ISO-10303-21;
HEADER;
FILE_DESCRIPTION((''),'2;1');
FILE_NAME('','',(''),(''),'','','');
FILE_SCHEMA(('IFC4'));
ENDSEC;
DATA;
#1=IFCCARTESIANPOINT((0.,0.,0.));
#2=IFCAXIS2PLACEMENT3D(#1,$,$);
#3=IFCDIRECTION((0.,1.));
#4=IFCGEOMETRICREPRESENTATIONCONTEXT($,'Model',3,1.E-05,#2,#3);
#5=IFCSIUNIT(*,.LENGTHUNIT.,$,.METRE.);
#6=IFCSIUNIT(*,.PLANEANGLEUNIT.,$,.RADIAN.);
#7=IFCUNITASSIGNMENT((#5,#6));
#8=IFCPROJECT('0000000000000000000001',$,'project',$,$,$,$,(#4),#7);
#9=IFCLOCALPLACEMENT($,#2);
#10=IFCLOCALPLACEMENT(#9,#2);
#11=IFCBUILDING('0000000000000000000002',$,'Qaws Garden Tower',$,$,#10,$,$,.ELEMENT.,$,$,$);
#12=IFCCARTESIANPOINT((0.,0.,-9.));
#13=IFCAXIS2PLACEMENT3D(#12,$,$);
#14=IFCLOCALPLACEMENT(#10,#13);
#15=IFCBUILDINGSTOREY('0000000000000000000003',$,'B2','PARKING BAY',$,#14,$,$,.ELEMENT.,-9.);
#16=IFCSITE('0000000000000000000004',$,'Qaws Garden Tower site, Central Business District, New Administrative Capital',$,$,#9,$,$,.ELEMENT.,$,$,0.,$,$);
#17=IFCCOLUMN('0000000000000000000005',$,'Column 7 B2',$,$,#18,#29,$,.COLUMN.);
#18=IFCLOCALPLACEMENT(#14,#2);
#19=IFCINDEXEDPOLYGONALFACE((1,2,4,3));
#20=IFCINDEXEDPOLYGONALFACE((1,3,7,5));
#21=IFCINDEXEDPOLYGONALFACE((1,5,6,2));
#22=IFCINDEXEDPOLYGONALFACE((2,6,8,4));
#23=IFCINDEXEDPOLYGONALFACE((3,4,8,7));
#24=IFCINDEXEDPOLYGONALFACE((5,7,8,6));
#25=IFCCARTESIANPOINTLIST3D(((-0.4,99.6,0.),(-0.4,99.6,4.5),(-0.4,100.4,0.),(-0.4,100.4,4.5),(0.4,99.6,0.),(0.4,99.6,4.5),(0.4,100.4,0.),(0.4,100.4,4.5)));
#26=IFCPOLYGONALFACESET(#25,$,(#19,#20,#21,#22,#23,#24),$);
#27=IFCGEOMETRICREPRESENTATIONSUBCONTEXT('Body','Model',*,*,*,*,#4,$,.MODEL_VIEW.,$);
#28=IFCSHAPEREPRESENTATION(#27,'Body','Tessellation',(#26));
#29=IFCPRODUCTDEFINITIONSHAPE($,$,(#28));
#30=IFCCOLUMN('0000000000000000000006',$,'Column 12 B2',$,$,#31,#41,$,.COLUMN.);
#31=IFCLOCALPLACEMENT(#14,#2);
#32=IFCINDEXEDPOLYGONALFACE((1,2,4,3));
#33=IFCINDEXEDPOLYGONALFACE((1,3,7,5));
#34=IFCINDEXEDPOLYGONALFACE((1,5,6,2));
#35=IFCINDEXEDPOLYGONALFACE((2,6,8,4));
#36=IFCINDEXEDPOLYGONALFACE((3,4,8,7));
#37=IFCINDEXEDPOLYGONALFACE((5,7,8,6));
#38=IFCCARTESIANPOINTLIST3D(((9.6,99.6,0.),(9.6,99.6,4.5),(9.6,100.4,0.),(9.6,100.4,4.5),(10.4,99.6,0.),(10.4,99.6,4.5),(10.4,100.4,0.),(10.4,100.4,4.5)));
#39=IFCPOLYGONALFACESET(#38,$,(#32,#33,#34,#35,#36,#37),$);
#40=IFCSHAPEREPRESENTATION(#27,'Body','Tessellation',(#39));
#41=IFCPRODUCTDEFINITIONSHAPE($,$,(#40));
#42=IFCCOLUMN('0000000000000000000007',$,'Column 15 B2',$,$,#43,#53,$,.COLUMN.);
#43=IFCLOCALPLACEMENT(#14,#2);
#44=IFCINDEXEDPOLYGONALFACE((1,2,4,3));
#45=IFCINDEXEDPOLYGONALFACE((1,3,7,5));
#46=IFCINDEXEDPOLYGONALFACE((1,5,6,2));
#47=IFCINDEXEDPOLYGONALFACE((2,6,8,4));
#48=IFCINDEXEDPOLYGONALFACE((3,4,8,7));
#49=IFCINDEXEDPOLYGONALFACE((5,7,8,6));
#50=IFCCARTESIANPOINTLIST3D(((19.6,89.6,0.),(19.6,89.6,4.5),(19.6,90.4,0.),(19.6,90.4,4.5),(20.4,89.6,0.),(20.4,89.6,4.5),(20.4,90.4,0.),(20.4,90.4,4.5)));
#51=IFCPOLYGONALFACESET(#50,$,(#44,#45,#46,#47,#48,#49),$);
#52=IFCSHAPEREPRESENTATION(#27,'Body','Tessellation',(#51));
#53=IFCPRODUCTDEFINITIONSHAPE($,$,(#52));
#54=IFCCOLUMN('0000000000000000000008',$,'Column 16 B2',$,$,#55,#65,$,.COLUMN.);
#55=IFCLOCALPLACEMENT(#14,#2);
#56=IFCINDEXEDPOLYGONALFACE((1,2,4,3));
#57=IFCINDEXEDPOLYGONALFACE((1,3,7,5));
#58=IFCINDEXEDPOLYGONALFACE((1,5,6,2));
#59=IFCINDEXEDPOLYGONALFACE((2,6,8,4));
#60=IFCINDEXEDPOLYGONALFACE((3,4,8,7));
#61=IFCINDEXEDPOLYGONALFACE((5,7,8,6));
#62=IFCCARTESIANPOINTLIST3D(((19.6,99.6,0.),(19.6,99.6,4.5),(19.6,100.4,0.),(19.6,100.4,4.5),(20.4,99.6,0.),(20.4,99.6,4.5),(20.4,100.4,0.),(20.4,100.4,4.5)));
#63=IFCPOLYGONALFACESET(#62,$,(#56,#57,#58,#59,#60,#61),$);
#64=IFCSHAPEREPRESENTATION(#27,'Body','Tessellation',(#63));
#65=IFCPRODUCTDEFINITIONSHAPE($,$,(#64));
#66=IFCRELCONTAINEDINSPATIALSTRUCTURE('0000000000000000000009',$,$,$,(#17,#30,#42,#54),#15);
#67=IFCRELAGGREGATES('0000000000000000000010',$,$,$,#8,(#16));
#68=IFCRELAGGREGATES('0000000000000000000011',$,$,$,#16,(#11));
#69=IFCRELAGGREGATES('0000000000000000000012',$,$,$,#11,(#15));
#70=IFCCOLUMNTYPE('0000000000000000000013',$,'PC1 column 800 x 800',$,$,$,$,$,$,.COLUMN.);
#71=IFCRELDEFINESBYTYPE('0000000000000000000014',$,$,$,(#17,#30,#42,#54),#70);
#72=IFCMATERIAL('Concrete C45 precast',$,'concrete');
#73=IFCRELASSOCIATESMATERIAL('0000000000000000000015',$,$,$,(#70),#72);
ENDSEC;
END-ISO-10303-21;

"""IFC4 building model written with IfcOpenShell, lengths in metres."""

from ifc_helpers import new_model, si_unit, direction, frame, origin, origin_2d, place, context, subcontext, project, spatial, rectangle, extrude, material, material_profile, profile_set, type_object, element, save


model = new_model("IFC4")

# Units and contexts
model_context = context("Model", 3, precision=1e-05, world=origin(), true_north=direction((0.0, 1.0)))
body_context = subcontext(model_context, "Body", "Model", "MODEL_VIEW")
ifc_project = project(units=[si_unit("LENGTHUNIT", "METRE"), si_unit("PLANEANGLEUNIT", "RADIAN")], contexts=[model_context])

# Site, building, storey
site_placement = place(None, origin())
site = spatial("IfcSite", under=ifc_project, at=site_placement, Name="Qaws Garden Tower site, Central Business District, New Administrative Capital", CompositionType="ELEMENT", RefElevation=0.0)
building_placement = place(site_placement, origin())
building = spatial("IfcBuilding", under=site, at=building_placement, Name="Qaws Garden Tower", CompositionType="ELEMENT")
storey_placement = place(building_placement, frame((0.0, 0.0, -9.0)))
storey = spatial("IfcBuildingStorey", under=building, at=storey_placement, Name="B2", Description="PARKING BAY", CompositionType="ELEMENT", Elevation=-9.0)

# Columns
ifc_material_1 = material(Name="Concrete C45 precast", Category="concrete")
ifc_material_profile = material_profile(ifc_material_1, rectangle(XDim=0.8, YDim=0.8, at=origin_2d()), Name="PC1 column 800 x 800")
ifc_profile_set = profile_set([ifc_material_profile], Name="Concrete C45 precast")
column_type = type_object("IfcColumnType", Name="PC1 column 800 x 800", PredefinedType="COLUMN", material=ifc_profile_set)
for number, where, z_axis, x_axis, name in (
    (1, (0.0, 100.0, 0.0), (0.0, 0.0, 1.0), (1.0, 0.0, 0.0), "Column 7 B2"),
    (2, (10.0, 100.0, 0.0), (0.0, 0.0, 1.0), (1.0, 0.0, 0.0), "Column 12 B2"),
    (3, (20.0, 90.0, 0.0), (0.0, 0.0, 1.0), (1.0, 0.0, 0.0), "Column 15 B2"),
    (4, (20.0, 100.0, 0.0), (0.0, 0.0, 1.0), (1.0, 0.0, 0.0), "Column 16 B2"),
):
    element("IfcColumn", number, at=place(storey_placement, frame(where, z_axis=z_axis, x_axis=x_axis)), inside=storey, type_object=column_type, Name=name, PredefinedType="COLUMN", context=body_context, shape_type="SweptSolid", body=[
        extrude(rectangle(XDim=0.8, YDim=0.8, at=origin_2d()), origin(), (0.0, 0.0, 1.0), 4.5),
    ])

save(model, "model.ifc")
